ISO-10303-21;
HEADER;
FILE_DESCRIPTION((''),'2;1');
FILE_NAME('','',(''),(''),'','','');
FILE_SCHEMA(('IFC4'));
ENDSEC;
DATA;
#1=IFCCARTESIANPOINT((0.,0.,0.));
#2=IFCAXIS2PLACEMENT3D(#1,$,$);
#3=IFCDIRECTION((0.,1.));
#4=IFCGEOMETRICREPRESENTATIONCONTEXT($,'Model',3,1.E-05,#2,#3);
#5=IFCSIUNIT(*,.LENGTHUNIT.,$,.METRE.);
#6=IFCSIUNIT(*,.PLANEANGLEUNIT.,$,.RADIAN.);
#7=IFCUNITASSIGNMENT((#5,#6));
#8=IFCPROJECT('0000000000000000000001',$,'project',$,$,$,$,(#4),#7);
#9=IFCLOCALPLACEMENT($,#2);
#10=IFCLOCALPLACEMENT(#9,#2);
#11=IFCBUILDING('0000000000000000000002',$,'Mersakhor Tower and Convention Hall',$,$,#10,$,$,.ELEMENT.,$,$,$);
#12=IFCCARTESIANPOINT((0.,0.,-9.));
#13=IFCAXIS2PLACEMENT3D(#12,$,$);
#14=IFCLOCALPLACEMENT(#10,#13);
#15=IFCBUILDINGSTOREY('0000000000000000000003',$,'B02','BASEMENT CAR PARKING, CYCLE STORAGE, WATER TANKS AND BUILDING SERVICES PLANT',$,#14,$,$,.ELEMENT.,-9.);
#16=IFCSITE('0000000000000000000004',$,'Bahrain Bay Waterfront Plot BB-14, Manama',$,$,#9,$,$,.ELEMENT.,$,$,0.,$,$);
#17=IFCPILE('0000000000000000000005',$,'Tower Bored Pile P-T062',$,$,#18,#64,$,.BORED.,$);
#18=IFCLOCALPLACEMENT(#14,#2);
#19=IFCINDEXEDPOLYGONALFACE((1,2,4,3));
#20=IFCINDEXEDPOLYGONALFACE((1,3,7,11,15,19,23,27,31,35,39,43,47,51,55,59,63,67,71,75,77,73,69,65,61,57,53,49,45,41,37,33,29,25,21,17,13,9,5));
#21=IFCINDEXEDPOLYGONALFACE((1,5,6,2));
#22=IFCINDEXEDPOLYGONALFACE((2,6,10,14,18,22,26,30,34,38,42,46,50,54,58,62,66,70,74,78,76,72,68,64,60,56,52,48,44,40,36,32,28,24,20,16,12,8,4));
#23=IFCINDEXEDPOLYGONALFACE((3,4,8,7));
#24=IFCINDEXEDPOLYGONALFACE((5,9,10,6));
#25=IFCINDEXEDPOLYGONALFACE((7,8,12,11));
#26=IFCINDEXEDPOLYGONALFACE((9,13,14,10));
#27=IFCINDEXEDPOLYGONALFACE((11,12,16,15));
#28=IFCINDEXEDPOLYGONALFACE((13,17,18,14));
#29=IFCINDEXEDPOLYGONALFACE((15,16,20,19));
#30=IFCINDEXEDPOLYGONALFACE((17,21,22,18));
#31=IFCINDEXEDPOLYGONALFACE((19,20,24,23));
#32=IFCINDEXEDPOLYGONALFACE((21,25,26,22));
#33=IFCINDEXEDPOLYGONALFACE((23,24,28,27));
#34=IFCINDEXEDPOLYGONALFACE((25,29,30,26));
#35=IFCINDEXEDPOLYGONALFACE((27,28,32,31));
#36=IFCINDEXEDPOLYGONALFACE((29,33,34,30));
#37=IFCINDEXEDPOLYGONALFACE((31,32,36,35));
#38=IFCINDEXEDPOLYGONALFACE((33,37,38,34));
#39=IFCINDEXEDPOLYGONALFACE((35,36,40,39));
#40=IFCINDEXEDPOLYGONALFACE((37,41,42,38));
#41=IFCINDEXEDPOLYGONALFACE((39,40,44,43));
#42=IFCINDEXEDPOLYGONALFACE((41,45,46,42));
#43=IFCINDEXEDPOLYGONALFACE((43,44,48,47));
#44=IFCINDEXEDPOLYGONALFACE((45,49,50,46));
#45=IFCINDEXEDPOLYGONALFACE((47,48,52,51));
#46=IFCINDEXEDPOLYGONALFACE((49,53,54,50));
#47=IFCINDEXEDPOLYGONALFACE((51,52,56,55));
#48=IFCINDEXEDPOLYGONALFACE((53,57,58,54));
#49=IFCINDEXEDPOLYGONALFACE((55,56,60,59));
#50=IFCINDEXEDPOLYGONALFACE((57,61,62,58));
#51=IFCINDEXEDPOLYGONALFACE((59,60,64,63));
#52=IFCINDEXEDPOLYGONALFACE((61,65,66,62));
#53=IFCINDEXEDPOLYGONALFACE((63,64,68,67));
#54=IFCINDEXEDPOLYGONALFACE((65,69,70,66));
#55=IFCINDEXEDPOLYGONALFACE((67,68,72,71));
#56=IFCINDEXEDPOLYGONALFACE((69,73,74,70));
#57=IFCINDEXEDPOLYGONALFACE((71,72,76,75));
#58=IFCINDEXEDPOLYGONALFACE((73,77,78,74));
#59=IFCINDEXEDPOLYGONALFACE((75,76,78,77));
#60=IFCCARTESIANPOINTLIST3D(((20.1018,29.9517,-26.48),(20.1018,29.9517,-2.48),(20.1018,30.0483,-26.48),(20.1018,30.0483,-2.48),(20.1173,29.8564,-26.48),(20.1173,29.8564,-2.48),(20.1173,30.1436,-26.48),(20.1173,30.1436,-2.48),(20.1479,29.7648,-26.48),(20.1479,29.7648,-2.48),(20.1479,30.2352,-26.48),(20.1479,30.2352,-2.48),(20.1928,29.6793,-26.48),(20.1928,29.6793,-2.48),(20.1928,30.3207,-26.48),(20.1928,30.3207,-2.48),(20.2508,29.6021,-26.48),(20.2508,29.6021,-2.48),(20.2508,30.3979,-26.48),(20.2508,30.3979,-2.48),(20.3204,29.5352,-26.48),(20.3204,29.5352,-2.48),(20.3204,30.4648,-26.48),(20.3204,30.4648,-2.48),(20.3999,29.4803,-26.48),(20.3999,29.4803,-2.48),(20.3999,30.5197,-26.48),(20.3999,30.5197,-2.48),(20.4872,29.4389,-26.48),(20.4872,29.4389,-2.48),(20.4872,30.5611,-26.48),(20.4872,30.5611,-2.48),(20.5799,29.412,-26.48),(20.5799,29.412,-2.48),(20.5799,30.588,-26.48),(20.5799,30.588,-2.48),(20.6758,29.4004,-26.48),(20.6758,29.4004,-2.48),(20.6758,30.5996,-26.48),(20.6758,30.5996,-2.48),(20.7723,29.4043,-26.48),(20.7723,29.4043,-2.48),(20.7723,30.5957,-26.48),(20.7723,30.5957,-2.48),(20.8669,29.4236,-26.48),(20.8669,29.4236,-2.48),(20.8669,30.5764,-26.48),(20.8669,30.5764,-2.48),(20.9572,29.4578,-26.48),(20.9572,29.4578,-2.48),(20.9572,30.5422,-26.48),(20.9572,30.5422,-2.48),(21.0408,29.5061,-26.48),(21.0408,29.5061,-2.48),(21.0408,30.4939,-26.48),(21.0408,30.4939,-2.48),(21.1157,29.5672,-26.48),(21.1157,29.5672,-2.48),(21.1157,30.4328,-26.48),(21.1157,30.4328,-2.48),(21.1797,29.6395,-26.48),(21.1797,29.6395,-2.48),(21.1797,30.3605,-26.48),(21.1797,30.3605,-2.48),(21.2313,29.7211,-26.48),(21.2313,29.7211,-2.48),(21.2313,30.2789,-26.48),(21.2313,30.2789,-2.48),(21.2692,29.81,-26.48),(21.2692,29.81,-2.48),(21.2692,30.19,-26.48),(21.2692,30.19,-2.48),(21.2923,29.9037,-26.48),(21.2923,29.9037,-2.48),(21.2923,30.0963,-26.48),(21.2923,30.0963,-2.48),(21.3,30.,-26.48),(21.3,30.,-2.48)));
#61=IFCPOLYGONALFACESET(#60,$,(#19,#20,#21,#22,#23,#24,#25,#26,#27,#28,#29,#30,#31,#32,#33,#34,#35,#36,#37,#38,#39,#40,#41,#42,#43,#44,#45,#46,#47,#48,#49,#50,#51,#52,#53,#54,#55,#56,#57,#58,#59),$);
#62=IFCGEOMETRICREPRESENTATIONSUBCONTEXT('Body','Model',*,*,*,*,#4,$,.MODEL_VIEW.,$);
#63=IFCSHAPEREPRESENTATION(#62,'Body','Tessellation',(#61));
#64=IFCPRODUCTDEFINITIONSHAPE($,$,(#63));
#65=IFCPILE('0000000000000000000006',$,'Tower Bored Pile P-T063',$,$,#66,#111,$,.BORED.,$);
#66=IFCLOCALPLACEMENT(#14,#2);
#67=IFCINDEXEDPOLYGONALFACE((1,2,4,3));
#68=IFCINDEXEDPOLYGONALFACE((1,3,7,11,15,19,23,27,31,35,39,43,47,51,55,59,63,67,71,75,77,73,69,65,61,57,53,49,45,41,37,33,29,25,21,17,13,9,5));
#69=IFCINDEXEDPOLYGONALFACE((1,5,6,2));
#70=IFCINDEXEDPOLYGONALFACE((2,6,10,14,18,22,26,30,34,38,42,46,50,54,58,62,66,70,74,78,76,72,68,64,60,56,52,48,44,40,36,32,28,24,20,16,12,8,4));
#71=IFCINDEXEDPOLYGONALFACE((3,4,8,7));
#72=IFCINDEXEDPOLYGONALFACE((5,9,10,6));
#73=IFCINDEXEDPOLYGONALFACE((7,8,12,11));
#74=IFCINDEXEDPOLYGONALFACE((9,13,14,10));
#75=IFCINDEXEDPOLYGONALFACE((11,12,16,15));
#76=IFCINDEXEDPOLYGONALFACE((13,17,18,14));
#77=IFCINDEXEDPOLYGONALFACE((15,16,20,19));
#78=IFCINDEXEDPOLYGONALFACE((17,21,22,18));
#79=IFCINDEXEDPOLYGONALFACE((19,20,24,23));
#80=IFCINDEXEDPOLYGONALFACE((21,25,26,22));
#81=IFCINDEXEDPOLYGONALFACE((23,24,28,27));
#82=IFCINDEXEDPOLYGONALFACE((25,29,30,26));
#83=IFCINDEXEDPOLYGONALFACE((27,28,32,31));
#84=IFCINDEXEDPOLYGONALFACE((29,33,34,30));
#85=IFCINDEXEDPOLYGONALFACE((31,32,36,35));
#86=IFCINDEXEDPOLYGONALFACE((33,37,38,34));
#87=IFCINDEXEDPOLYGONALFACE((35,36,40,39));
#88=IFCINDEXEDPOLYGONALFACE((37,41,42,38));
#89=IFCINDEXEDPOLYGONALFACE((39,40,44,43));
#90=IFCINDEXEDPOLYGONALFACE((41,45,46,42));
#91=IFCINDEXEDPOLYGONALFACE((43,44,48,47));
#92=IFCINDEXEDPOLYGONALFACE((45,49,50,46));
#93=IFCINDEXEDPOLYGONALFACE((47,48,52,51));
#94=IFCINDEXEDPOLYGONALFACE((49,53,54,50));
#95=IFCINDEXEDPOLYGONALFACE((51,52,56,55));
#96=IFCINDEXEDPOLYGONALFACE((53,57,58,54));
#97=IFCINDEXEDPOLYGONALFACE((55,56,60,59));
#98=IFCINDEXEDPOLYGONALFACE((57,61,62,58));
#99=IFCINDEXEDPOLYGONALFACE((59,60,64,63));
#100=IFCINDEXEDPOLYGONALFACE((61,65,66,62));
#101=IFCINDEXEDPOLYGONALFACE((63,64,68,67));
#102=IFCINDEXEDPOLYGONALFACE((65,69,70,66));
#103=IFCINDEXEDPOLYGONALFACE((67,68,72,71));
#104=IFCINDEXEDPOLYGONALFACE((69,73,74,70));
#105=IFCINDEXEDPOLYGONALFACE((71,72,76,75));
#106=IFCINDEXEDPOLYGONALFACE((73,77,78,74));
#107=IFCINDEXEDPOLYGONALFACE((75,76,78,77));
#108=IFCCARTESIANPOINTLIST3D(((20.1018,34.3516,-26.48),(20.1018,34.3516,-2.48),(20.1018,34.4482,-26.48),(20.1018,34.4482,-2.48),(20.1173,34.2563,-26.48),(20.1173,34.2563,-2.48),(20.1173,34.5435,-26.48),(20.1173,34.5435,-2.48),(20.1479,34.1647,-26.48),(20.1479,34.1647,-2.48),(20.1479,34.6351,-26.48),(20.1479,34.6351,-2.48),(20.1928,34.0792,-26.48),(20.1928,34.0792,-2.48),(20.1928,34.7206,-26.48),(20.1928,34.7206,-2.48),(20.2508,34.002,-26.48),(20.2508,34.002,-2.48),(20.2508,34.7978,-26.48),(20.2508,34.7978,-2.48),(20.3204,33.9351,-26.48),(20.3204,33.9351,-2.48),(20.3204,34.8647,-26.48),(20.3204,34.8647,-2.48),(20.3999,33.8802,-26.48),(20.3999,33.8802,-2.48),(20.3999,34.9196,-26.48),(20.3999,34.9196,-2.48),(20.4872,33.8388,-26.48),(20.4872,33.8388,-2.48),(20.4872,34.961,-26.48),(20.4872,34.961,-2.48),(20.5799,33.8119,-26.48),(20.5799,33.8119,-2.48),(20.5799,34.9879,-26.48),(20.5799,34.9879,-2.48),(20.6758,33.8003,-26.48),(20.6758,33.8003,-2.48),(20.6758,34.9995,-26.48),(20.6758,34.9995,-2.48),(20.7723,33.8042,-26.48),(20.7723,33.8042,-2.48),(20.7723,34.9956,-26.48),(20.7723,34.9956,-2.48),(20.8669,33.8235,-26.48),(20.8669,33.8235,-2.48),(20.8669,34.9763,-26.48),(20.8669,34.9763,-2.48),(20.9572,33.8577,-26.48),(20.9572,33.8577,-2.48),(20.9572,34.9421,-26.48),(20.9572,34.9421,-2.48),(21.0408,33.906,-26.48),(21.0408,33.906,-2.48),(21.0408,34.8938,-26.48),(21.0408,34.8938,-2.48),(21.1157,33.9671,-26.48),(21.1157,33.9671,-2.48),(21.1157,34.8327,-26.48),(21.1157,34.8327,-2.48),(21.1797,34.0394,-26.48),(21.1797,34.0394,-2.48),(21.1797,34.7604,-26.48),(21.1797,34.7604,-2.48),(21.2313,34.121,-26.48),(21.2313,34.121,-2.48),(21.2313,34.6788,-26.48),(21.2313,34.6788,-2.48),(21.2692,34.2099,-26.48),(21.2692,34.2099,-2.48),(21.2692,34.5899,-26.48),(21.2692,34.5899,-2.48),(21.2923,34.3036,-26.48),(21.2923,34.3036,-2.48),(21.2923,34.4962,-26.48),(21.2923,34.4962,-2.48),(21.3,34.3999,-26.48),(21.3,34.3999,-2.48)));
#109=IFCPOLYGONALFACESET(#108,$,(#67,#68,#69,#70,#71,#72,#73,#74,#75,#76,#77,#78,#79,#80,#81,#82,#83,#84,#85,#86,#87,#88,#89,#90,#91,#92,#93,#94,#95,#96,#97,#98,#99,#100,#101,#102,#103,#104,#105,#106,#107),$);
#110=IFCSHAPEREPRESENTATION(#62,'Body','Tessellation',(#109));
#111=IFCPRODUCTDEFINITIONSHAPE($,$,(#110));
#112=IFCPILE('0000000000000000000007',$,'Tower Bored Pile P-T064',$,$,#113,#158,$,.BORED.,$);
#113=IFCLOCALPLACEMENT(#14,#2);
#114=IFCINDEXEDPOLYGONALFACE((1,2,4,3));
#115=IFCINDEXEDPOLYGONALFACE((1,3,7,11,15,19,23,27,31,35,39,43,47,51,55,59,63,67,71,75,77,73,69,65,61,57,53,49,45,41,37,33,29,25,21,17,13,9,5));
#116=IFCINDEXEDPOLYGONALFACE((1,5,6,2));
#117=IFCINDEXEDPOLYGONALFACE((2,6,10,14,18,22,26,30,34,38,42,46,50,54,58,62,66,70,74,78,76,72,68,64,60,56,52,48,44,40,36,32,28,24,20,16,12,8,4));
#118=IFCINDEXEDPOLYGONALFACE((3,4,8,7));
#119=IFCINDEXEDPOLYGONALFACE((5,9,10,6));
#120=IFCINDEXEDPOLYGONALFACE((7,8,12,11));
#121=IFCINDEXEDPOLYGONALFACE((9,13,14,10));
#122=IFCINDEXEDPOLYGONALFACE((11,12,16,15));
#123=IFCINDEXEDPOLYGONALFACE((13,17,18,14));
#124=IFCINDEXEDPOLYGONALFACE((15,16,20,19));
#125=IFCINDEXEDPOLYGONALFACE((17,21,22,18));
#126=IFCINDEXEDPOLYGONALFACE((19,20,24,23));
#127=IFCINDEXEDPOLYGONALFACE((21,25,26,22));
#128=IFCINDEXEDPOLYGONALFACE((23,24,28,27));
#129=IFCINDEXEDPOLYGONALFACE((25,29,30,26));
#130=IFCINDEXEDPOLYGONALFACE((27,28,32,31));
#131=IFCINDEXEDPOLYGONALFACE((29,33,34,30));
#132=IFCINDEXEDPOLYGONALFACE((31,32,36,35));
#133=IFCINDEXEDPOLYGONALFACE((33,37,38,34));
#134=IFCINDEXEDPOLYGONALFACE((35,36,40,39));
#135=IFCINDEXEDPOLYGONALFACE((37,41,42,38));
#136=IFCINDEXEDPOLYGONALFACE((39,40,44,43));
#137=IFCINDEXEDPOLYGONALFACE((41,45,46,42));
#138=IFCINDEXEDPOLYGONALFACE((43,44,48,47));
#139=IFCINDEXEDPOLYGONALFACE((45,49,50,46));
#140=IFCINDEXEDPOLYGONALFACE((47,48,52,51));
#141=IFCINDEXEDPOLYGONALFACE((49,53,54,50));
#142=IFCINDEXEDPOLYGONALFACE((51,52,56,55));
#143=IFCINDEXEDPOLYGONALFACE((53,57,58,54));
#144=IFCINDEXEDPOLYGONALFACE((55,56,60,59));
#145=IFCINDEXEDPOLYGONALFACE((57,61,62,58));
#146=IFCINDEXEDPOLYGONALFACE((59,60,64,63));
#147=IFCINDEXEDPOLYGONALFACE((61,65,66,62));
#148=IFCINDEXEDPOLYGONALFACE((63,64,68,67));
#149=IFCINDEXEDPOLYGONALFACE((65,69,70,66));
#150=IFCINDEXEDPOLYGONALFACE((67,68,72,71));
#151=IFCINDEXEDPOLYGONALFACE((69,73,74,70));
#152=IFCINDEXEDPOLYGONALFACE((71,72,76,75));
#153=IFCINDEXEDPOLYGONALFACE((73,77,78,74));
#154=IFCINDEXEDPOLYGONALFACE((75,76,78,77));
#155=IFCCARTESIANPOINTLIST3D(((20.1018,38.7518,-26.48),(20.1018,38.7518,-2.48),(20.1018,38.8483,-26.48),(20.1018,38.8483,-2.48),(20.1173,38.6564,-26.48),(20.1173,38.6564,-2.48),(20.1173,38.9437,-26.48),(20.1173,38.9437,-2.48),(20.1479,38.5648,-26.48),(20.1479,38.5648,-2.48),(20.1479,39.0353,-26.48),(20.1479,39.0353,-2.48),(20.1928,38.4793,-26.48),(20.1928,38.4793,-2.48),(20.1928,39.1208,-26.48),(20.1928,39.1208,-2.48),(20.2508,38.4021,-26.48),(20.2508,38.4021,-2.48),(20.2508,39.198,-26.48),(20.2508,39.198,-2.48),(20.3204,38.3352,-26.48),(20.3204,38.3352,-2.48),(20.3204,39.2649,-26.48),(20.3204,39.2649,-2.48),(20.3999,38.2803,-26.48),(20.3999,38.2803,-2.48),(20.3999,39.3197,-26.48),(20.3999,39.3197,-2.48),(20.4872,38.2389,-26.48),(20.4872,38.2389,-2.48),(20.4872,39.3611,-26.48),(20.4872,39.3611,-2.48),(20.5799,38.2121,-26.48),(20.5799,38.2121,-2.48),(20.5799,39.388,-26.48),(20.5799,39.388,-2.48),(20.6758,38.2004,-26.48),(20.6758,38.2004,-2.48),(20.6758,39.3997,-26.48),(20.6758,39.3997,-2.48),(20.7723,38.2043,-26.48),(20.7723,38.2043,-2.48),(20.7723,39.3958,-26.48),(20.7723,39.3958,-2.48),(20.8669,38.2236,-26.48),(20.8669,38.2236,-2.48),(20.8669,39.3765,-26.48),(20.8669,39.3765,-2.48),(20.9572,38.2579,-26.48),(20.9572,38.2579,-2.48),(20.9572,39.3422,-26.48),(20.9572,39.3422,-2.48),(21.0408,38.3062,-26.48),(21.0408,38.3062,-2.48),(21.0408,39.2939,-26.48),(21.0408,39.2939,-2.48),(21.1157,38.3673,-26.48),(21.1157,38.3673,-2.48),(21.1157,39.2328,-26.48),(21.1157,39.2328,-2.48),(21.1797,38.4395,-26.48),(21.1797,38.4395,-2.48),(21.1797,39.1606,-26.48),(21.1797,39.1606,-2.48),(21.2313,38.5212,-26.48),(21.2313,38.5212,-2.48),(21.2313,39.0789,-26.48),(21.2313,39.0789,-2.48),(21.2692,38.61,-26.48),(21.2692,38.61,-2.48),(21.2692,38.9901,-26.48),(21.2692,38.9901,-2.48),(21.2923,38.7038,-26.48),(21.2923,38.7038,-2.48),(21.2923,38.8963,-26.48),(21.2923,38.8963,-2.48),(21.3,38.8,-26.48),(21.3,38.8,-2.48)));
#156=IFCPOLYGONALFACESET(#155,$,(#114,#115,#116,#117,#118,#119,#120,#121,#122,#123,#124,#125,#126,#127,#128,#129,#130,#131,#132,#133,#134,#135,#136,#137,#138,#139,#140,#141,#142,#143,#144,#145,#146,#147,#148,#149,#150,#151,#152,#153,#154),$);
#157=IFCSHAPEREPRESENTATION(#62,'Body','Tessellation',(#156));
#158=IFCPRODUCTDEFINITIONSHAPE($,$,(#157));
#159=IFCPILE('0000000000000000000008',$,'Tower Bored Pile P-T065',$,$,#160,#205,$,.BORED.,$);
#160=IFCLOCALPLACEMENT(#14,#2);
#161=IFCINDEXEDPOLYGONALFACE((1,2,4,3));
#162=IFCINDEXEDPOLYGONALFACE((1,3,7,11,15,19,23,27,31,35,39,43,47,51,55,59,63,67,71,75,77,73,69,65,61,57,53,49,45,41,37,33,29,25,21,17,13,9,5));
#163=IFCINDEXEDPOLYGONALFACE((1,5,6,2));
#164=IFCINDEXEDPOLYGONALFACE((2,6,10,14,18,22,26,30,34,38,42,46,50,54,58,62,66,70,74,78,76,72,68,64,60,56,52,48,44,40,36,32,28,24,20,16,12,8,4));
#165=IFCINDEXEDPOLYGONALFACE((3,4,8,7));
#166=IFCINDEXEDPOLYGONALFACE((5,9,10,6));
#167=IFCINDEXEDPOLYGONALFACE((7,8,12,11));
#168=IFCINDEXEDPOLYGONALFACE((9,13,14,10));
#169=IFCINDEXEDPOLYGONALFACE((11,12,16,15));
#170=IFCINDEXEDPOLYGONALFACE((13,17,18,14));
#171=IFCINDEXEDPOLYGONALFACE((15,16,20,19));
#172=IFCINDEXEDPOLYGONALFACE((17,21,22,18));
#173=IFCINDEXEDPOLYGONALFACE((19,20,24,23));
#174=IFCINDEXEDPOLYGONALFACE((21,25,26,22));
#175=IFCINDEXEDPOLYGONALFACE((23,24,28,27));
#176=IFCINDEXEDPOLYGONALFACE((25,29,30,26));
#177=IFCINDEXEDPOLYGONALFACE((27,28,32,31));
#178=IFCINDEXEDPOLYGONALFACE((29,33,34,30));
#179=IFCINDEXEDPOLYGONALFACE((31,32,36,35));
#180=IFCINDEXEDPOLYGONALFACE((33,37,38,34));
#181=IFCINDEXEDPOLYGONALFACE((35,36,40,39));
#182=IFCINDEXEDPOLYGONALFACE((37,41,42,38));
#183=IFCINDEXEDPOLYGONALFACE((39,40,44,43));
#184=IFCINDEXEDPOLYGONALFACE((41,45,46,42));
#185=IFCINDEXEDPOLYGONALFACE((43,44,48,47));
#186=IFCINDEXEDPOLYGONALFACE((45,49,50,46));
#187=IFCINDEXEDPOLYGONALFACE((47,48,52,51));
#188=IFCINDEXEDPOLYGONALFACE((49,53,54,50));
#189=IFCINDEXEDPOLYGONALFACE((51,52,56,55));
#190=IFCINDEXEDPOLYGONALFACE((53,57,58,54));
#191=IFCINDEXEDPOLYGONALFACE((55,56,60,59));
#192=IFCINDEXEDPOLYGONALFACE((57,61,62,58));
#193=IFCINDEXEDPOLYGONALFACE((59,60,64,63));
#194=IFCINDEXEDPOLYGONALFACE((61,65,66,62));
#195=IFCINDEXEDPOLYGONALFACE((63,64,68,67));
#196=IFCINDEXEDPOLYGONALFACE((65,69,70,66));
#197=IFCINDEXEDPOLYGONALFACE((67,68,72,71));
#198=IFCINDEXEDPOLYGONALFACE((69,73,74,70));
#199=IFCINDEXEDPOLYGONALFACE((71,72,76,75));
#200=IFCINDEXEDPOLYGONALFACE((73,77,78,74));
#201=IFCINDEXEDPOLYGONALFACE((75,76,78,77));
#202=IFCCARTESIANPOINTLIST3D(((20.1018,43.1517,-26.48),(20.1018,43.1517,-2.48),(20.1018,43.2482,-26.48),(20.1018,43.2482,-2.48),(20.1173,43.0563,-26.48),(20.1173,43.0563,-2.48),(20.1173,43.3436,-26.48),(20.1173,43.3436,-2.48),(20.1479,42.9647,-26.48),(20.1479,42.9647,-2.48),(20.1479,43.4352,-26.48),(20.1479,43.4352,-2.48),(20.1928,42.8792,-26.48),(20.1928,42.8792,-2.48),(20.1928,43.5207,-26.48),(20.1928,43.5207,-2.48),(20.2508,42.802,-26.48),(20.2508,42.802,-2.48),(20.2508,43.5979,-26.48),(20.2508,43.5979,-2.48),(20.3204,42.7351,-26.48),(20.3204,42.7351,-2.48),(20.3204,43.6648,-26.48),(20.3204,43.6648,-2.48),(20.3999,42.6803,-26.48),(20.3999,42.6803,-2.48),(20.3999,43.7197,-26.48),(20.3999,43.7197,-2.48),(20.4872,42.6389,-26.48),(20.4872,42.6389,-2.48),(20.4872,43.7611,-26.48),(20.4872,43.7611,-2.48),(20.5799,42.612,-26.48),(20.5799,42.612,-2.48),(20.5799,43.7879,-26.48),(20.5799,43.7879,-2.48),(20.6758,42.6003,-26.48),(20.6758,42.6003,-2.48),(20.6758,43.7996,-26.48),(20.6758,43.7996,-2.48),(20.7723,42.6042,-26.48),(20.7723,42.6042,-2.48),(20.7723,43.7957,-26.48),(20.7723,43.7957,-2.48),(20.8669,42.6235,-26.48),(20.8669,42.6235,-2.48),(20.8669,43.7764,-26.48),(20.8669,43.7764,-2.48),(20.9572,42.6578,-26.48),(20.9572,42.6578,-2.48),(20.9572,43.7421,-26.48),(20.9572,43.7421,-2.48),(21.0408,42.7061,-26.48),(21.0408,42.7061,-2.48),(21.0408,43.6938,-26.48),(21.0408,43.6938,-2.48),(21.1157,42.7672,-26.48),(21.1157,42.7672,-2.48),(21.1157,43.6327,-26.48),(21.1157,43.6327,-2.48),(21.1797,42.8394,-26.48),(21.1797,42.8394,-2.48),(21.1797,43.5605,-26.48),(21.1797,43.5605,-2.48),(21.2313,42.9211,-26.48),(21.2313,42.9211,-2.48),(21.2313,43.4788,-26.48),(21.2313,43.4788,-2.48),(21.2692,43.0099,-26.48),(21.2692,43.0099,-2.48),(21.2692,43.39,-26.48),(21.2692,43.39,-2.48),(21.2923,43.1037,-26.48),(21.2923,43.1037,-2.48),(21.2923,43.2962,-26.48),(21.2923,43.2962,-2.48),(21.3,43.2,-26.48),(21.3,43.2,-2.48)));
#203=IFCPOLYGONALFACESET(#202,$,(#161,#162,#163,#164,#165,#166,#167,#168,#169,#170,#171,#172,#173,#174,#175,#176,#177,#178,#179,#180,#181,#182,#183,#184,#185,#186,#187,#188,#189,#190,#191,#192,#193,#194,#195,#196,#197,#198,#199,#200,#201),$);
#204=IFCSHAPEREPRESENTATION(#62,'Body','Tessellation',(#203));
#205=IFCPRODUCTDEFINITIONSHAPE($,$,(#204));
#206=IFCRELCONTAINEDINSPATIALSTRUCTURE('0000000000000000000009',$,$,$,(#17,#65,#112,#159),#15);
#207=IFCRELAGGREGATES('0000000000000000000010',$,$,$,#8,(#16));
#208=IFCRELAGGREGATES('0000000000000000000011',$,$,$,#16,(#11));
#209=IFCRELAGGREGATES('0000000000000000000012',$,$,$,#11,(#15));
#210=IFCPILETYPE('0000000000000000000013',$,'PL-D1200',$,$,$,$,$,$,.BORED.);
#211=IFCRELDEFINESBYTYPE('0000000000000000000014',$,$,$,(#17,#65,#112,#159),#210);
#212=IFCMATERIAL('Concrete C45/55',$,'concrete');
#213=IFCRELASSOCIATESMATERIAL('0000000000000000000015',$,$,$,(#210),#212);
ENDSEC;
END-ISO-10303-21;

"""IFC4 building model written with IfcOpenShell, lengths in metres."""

from ifc_helpers import new_model, si_unit, direction, frame, origin, origin_2d, place, context, subcontext, project, spatial, circle, extrude, material, material_profile, profile_set, type_object, element, save


model = new_model("IFC4")

# Units and contexts
model_context = context("Model", 3, precision=1e-05, world=origin(), true_north=direction((0.0, 1.0)))
body_context = subcontext(model_context, "Body", "Model", "MODEL_VIEW")
ifc_project = project(units=[si_unit("LENGTHUNIT", "METRE"), si_unit("PLANEANGLEUNIT", "RADIAN")], contexts=[model_context])

# Site, building, storey
site_placement = place(None, origin())
site = spatial("IfcSite", under=ifc_project, at=site_placement, Name="Bahrain Bay Waterfront Plot BB-14, Manama", CompositionType="ELEMENT", RefElevation=0.0)
building_placement = place(site_placement, origin())
building = spatial("IfcBuilding", under=site, at=building_placement, Name="Mersakhor Tower and Convention Hall", CompositionType="ELEMENT")
storey_placement = place(building_placement, frame((0.0, 0.0, -9.0)))
storey = spatial("IfcBuildingStorey", under=building, at=storey_placement, Name="B02", Description="BASEMENT CAR PARKING, CYCLE STORAGE, WATER TANKS AND BUILDING SERVICES PLANT", CompositionType="ELEMENT", Elevation=-9.0)

# Piles
ifc_material_1 = material(Name="Concrete C45/55", Category="concrete")
ifc_material_profile_1 = material_profile(ifc_material_1, circle(Radius=0.6001, at=origin_2d()), Name="PILE D1200")
ifc_profile_set_1 = profile_set([ifc_material_profile_1], Name="Concrete C45/55")
pile_type = type_object("IfcPileType", Name="PL-D1200", PredefinedType="BORED", material=ifc_profile_set_1)
for number, where, z_axis, x_axis, name in (
    (1, (20.7, 30.0, -2.48), (0.0, 0.0, -1.0), (1.0, 0.0, 0.0), "Tower Bored Pile P-T062"),
    (2, (20.7, 34.3999, -2.48), (0.0, 0.0, -1.0), (1.0, 0.0, 0.0), "Tower Bored Pile P-T063"),
    (3, (20.7, 38.8, -2.48), (0.0, 0.0, -1.0), (1.0, 0.0, 0.0), "Tower Bored Pile P-T064"),
    (4, (20.7, 43.2, -2.48), (0.0, 0.0, -1.0), (1.0, 0.0, 0.0), "Tower Bored Pile P-T065"),
):
    element("IfcPile", number, at=place(storey_placement, frame(where, z_axis=z_axis, x_axis=x_axis)), inside=storey, type_object=pile_type, Name=name, PredefinedType="BORED", context=body_context, shape_type="SweptSolid", body=[
        extrude(circle(Radius=0.6001, at=origin_2d()), origin(), (0.0, 0.0, 1.0), 24.0),
    ])

save(model, "model.ifc")
